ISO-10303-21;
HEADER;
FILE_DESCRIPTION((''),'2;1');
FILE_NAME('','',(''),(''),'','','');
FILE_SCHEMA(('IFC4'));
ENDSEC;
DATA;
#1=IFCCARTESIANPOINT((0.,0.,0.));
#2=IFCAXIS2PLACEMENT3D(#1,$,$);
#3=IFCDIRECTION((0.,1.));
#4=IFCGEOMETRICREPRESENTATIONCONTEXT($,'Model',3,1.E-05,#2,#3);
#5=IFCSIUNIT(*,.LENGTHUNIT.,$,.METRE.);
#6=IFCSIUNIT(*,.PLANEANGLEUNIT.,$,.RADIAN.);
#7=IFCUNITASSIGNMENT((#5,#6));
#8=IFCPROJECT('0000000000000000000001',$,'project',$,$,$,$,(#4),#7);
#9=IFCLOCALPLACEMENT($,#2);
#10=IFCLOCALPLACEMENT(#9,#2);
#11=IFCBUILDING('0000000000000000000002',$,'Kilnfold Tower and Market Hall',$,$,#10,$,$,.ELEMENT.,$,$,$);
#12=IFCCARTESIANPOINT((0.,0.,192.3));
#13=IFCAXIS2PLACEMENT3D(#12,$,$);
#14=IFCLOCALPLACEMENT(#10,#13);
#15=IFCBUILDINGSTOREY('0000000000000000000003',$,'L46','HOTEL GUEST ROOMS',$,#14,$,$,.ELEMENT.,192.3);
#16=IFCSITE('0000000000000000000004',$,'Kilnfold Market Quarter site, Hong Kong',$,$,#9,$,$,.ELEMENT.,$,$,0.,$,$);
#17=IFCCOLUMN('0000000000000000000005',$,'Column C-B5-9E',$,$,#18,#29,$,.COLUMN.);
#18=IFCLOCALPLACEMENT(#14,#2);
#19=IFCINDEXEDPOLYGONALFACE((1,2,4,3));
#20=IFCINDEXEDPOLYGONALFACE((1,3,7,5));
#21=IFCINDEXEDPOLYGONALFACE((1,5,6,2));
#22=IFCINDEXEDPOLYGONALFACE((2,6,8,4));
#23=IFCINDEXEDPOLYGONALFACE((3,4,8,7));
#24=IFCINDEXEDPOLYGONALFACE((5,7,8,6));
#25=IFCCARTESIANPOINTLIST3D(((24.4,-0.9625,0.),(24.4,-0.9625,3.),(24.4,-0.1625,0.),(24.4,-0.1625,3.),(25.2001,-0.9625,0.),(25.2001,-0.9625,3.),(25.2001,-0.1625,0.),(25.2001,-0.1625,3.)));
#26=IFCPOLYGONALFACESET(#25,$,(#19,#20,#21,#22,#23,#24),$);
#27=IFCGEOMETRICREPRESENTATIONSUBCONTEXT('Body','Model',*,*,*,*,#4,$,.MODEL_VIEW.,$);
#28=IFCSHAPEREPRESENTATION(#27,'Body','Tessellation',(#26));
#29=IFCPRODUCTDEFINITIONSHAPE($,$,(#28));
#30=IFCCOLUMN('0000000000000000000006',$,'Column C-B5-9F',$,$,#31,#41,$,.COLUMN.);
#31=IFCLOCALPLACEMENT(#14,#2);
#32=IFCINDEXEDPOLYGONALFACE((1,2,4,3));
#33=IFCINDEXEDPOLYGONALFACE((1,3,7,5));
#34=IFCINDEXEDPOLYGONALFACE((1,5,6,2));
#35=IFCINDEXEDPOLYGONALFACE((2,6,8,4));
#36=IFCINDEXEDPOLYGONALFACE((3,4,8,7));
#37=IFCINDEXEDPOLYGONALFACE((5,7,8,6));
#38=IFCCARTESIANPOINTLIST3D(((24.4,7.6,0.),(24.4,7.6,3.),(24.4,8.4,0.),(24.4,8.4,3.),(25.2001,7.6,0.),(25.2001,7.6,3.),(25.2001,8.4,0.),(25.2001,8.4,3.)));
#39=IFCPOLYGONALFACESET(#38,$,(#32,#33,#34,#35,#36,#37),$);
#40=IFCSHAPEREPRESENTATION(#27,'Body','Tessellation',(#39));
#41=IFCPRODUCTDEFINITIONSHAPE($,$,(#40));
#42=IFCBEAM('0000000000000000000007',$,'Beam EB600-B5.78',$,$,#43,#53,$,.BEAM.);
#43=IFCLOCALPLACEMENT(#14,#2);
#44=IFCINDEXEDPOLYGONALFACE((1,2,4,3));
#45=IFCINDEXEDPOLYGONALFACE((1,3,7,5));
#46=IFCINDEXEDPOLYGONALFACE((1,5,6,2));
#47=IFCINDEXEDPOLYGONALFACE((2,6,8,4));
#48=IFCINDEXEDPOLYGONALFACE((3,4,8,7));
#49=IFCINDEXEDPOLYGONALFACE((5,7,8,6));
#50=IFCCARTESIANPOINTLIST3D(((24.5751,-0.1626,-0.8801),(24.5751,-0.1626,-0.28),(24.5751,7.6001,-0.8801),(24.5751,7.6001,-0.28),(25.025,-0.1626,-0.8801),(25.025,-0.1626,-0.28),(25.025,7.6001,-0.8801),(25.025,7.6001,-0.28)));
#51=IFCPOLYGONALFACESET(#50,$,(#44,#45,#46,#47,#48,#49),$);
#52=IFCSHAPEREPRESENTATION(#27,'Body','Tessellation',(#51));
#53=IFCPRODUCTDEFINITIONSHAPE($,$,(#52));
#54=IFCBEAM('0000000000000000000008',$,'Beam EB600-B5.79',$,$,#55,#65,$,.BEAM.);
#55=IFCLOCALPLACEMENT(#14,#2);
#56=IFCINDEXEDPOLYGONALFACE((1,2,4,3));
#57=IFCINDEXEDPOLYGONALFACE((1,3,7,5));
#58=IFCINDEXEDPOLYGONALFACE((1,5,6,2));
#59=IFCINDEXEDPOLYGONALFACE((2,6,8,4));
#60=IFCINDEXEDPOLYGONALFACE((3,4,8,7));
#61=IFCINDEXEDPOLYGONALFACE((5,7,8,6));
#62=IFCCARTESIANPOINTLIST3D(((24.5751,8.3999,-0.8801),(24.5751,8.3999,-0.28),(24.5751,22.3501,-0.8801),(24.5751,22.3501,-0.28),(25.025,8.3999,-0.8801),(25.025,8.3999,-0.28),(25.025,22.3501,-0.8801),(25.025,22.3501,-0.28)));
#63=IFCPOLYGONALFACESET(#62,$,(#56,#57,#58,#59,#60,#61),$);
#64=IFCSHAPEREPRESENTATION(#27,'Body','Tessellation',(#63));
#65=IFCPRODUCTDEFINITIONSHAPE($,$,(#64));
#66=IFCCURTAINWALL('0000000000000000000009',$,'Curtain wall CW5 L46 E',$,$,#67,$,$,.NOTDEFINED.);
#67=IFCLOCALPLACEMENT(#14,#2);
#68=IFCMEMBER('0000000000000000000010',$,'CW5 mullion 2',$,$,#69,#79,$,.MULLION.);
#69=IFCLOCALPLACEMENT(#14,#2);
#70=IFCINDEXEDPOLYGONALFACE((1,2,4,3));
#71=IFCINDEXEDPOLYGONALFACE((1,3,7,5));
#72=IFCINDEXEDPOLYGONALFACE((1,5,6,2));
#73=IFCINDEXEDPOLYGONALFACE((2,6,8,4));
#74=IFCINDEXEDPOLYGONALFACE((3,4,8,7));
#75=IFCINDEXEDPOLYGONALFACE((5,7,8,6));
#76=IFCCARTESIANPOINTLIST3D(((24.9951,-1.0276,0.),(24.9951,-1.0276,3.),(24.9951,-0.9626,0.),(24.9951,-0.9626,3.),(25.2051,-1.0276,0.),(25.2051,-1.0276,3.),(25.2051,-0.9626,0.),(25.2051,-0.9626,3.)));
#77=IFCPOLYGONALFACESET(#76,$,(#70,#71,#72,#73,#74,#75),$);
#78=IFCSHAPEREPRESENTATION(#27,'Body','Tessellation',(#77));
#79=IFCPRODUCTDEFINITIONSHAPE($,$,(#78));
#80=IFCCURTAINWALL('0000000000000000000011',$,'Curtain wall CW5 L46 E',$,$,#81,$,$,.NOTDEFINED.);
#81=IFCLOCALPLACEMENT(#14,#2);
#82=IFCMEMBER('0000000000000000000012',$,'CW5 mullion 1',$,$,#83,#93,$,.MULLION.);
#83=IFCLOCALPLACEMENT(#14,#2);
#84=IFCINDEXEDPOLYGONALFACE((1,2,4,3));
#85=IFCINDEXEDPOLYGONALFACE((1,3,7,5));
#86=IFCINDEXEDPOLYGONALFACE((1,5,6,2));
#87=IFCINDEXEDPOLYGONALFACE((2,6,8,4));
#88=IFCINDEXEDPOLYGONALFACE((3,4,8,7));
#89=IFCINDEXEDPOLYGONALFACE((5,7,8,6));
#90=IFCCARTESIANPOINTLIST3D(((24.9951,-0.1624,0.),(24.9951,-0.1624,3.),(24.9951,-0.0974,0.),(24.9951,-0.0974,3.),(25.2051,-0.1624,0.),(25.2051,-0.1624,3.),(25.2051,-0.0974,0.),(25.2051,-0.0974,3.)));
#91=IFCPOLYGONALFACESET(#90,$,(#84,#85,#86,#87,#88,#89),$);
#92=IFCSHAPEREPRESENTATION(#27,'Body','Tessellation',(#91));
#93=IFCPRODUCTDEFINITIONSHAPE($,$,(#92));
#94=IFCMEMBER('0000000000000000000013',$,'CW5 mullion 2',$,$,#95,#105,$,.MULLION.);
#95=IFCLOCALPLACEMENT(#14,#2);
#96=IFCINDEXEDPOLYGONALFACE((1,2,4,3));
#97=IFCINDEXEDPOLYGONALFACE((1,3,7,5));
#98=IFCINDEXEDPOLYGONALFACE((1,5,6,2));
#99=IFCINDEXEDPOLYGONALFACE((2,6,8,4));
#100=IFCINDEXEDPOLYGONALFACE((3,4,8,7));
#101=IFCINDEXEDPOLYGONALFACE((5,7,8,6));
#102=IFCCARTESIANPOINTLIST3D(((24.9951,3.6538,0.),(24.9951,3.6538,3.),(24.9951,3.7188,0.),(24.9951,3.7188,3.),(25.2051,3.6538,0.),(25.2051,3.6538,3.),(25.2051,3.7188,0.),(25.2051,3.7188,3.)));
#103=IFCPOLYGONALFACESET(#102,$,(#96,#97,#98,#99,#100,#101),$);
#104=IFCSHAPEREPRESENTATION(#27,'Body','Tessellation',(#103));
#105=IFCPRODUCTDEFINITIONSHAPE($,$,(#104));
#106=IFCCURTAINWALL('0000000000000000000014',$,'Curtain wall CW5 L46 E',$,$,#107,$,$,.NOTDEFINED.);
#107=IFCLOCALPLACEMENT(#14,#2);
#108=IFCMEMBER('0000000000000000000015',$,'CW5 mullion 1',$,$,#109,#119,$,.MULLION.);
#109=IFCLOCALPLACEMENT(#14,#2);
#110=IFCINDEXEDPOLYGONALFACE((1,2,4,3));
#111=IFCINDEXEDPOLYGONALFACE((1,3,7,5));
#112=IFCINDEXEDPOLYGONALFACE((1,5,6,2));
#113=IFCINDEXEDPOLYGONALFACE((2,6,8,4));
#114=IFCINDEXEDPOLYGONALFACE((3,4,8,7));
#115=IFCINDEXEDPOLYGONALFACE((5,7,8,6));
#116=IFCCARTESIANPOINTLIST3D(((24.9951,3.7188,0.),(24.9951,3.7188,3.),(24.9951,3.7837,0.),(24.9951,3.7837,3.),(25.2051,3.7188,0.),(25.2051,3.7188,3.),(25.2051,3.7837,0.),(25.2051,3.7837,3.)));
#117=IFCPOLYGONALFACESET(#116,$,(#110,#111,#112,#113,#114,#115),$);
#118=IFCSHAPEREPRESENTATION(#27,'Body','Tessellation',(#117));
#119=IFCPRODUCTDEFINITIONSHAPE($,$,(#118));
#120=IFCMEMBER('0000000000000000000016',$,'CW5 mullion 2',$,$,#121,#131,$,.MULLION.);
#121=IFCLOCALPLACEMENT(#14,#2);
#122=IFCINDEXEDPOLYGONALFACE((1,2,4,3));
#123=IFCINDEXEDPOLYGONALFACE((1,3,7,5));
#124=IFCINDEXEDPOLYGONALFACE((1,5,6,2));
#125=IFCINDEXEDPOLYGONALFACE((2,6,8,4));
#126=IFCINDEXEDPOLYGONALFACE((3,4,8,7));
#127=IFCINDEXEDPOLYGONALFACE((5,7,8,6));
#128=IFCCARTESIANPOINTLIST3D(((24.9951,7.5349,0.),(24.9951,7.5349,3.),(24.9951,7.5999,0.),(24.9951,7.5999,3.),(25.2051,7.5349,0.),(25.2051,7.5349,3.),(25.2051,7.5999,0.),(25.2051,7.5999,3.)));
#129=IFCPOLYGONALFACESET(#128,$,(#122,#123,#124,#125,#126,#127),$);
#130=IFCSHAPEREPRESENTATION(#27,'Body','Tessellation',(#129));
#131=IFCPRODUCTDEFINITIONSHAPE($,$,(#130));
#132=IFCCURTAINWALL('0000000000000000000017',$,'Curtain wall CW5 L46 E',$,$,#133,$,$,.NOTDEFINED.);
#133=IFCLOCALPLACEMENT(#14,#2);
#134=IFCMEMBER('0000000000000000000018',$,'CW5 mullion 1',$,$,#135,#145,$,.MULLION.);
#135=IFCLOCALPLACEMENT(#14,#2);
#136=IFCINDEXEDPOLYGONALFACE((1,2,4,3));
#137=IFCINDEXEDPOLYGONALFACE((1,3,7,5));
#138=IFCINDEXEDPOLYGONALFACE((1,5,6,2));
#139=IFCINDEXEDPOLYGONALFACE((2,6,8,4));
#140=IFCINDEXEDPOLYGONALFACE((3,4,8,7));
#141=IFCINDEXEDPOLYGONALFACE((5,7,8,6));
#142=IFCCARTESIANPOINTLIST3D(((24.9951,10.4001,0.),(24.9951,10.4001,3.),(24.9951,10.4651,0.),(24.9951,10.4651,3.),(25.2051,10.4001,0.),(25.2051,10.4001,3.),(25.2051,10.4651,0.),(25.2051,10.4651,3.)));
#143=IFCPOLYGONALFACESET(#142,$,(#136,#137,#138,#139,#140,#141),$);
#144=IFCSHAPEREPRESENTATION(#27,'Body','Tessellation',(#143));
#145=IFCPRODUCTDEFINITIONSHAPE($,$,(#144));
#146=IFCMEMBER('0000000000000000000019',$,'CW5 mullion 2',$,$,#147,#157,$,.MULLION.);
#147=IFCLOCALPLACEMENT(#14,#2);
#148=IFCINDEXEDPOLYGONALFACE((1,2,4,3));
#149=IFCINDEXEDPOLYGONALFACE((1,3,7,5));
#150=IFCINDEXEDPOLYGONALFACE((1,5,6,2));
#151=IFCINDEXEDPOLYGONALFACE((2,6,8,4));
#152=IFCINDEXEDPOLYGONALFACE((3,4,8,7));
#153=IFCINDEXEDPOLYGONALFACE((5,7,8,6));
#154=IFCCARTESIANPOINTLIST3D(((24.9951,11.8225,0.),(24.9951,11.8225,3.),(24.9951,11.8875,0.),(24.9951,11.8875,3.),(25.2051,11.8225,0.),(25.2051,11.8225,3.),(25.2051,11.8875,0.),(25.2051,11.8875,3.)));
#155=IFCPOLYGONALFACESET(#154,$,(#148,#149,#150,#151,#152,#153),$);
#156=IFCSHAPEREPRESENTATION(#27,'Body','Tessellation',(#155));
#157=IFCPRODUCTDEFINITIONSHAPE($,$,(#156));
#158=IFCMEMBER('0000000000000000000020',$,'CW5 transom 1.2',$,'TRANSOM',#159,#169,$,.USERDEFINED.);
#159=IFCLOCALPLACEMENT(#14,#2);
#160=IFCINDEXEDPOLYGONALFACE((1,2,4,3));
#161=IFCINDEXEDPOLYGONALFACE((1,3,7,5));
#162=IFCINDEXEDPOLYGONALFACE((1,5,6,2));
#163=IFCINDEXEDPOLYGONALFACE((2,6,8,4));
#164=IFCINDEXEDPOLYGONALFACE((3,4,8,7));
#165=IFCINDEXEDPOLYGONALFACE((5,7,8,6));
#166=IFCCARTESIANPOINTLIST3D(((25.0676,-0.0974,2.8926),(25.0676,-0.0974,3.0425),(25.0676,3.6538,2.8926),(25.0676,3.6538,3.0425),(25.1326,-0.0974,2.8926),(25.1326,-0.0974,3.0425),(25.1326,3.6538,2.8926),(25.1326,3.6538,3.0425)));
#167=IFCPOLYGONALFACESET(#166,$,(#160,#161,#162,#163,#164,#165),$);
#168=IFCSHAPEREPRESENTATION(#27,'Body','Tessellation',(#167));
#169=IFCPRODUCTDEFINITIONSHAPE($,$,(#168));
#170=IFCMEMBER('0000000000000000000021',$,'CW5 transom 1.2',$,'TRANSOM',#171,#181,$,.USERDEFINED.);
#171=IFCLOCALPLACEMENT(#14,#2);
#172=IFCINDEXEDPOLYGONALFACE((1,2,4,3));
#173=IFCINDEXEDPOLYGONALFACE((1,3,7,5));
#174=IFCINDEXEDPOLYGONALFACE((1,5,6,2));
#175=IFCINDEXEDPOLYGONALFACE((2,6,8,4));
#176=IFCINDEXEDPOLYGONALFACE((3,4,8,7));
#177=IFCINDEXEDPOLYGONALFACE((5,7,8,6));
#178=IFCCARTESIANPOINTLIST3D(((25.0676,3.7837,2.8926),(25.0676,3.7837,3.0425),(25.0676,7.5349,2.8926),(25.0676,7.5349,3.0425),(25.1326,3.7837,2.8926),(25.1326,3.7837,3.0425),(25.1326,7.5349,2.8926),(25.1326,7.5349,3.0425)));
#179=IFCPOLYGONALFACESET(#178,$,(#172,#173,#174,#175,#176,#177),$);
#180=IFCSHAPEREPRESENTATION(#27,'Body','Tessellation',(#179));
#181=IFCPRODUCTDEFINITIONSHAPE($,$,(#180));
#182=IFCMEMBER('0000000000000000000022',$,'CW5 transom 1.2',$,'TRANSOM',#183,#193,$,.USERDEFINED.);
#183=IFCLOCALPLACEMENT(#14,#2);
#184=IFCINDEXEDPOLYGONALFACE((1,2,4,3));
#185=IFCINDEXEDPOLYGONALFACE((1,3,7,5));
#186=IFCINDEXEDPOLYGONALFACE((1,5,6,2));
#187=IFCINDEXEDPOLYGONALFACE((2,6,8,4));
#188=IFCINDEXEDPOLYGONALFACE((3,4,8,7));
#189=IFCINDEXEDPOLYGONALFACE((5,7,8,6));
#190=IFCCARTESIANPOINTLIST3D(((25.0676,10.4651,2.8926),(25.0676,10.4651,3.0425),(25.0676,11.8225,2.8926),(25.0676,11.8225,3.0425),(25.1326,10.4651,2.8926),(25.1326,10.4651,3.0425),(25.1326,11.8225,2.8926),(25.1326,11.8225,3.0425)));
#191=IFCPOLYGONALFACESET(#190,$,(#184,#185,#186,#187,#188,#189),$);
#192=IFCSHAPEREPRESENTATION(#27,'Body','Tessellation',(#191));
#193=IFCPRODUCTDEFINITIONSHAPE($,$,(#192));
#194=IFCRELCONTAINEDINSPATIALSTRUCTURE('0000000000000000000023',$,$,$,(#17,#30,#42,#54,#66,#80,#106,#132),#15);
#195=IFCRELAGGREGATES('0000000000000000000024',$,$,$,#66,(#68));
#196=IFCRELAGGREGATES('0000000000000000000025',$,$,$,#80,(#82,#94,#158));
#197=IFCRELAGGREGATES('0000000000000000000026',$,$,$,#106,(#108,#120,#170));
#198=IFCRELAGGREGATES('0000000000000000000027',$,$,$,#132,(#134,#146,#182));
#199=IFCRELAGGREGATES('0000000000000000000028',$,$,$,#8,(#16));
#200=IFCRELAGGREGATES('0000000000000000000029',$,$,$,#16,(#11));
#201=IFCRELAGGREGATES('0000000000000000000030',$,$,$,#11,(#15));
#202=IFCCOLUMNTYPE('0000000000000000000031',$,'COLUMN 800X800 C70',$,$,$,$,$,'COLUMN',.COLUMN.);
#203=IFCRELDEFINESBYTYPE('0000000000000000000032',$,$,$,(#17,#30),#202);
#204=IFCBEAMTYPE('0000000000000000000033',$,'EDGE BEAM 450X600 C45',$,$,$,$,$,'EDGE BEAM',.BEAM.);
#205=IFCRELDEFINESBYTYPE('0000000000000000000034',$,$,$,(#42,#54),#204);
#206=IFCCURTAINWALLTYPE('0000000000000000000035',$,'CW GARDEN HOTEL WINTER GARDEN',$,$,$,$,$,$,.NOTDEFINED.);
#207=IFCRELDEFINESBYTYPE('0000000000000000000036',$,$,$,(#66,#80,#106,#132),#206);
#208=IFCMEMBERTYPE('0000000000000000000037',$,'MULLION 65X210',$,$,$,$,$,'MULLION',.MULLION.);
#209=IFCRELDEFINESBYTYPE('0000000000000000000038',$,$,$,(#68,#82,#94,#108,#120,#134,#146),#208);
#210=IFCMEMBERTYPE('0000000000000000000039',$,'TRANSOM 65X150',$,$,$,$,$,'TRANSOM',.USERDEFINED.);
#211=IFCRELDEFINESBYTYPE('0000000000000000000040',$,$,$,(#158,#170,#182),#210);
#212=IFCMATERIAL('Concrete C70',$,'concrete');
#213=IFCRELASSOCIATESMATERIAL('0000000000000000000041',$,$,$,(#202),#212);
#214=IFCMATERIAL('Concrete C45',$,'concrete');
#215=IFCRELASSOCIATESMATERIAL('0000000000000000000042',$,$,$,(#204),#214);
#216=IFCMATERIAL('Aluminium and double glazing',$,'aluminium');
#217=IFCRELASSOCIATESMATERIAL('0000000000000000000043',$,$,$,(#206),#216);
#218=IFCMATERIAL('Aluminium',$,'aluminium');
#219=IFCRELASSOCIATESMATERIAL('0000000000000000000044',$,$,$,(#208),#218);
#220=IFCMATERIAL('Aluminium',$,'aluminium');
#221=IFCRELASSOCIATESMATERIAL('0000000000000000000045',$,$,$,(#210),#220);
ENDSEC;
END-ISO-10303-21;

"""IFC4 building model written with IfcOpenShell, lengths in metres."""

from ifc_helpers import new_model, si_unit, direction, frame, origin, origin_2d, place, context, subcontext, project, spatial, rectangle, extrude, source, transform, mapped, material, material_profile, profile_set, type_object, element, aggregate, save


model = new_model("IFC4")

# Units and contexts
model_context = context("Model", 3, precision=1e-05, world=origin(), true_north=direction((0.0, 1.0)))
body_context = subcontext(model_context, "Body", "Model", "MODEL_VIEW")
ifc_project = project(units=[si_unit("LENGTHUNIT", "METRE"), si_unit("PLANEANGLEUNIT", "RADIAN")], contexts=[model_context])

# Site, building, storey
site_placement = place(None, origin())
site = spatial("IfcSite", under=ifc_project, at=site_placement, Name="Kilnfold Market Quarter site, Hong Kong", CompositionType="ELEMENT", RefElevation=0.0)
building_placement = place(site_placement, origin())
building = spatial("IfcBuilding", under=site, at=building_placement, Name="Kilnfold Tower and Market Hall", CompositionType="ELEMENT")
storey_placement = place(building_placement, frame((0.0, 0.0, 192.3)))
storey = spatial("IfcBuildingStorey", under=building, at=storey_placement, Name="L46", Description="HOTEL GUEST ROOMS", CompositionType="ELEMENT", Elevation=192.3)

# Columns
ifc_material_1 = material(Name="Concrete C70", Category="concrete")
ifc_material_profile_1 = material_profile(ifc_material_1, rectangle(XDim=0.8, YDim=0.8, at=origin_2d()), Name="RC 800x800")
ifc_profile_set_1 = profile_set([ifc_material_profile_1], Name="Concrete C70")
column_type = type_object("IfcColumnType", Name="COLUMN 800X800 C70", ElementType="COLUMN", PredefinedType="COLUMN", material=ifc_profile_set_1)
shared_shape_1 = source(origin(), body_context, "Body", "SweptSolid", [
    extrude(rectangle(XDim=0.8, YDim=0.8, at=origin_2d()), origin(), (0.0, 0.0, 1.0), 3.0),
])
for number, where, z_axis, x_axis, name in (
    (1, (24.8, -0.5625, 0.0), (0.0, 0.0, 1.0), (1.0, 0.0, 0.0), "Column C-B5-9E"),
    (2, (24.8, 8.0, 0.0), (0.0, 0.0, 1.0), (1.0, 0.0, 0.0), "Column C-B5-9F"),
):
    element("IfcColumn", number, at=place(storey_placement, frame(where, z_axis=z_axis, x_axis=x_axis)), inside=storey, type_object=column_type, Name=name, PredefinedType="COLUMN", context=body_context, shape_type="MappedRepresentation", body=[
        mapped(shared_shape_1, transform((0.0, 0.0, 0.0))),
    ])

# Beams
ifc_material_2 = material(Name="Concrete C45", Category="concrete")
ifc_material_profile_2 = material_profile(ifc_material_2, rectangle(XDim=0.45, YDim=0.6001, at=origin_2d()), Name="RC 450x600")
ifc_profile_set_2 = profile_set([ifc_material_profile_2], Name="Concrete C45")
beam_type = type_object("IfcBeamType", Name="EDGE BEAM 450X600 C45", ElementType="EDGE BEAM", PredefinedType="BEAM", material=ifc_profile_set_2)
shared_shape_2 = source(origin(), body_context, "Body", "SweptSolid", [
    extrude(rectangle(XDim=0.45, YDim=0.6001, at=origin_2d()), origin(), (0.0, 0.0, 1.0), 7.7627),
])
beam_1_placement = place(storey_placement, frame((24.8, -0.1626, -0.5801), z_axis=(0.0, 1.0, 0.0), x_axis=(-1.0, 0.0, 0.0)))
element("IfcBeam", 3, at=beam_1_placement, inside=storey, type_object=beam_type, Name="Beam EB600-B5.78", PredefinedType="BEAM", context=body_context, shape_type="MappedRepresentation", body=[
    mapped(shared_shape_2, transform((0.0, 0.0, 0.0))),
])
shared_shape_3 = source(origin(), body_context, "Body", "SweptSolid", [
    extrude(rectangle(XDim=0.45, YDim=0.6001, at=origin_2d()), origin(), (0.0, 0.0, 1.0), 13.9502),
])
beam_2_placement = place(storey_placement, frame((24.8, 8.3999, -0.5801), z_axis=(0.0, 1.0, 0.0), x_axis=(-1.0, 0.0, 0.0)))
element("IfcBeam", 4, at=beam_2_placement, inside=storey, type_object=beam_type, Name="Beam EB600-B5.79", PredefinedType="BEAM", context=body_context, shape_type="MappedRepresentation", body=[
    mapped(shared_shape_3, transform((0.0, 0.0, 0.0))),
])

# Curtain wall, member
ifc_material_3 = material(Name="Aluminium and double glazing", Category="aluminium")
curtain_wall_type = type_object("IfcCurtainWallType", Name="CW GARDEN HOTEL WINTER GARDEN", PredefinedType="NOTDEFINED", material=ifc_material_3)
curtain_wall_1_placement = place(storey_placement, origin())
curtain_wall_1 = element("IfcCurtainWall", 5, at=curtain_wall_1_placement, inside=storey, type_object=curtain_wall_type, Name="Curtain wall CW5 L46 E", PredefinedType="NOTDEFINED")
ifc_material_4 = material(Name="Aluminium", Category="aluminium")
ifc_material_profile_3 = material_profile(ifc_material_4, rectangle(XDim=0.0649, YDim=0.21, at=origin_2d()), Name="MULLION 65x210")
ifc_profile_set_3 = profile_set([ifc_material_profile_3], Name="Aluminium")
member_type_1 = type_object("IfcMemberType", Name="MULLION 65X210", ElementType="MULLION", PredefinedType="MULLION", material=ifc_profile_set_3)
shared_shape_4 = source(origin(), body_context, "Body", "SweptSolid", [
    extrude(rectangle(XDim=0.0649, YDim=0.21, at=origin_2d()), origin(), (0.0, 0.0, 1.0), 3.0),
])
member_1_placement = place(storey_placement, frame((25.1001, -0.9951, 0.0), z_axis=(0.0, 0.0, 1.0), x_axis=(0.0, 1.0, 0.0)))
member_1 = element("IfcMember", 6, at=member_1_placement, type_object=member_type_1, Name="CW5 mullion 2", PredefinedType="MULLION", context=body_context, shape_type="MappedRepresentation", body=[
    mapped(shared_shape_4, transform((0.0, 0.0, 0.0))),
])

# Curtain walls, members
curtain_wall_2_placement = place(storey_placement, origin())
curtain_wall_2 = element("IfcCurtainWall", 7, at=curtain_wall_2_placement, inside=storey, type_object=curtain_wall_type, Name="Curtain wall CW5 L46 E", PredefinedType="NOTDEFINED")
member_2_placement = place(storey_placement, frame((25.1001, -0.1299, 0.0), z_axis=(0.0, 0.0, 1.0), x_axis=(0.0, 1.0, 0.0)))
member_2 = element("IfcMember", 8, at=member_2_placement, type_object=member_type_1, Name="CW5 mullion 1", PredefinedType="MULLION", context=body_context, shape_type="MappedRepresentation", body=[
    mapped(shared_shape_4, transform((0.0, 0.0, 0.0))),
])
member_3_placement = place(storey_placement, frame((25.1001, 3.6863, 0.0), z_axis=(0.0, 0.0, 1.0), x_axis=(0.0, 1.0, 0.0)))
member_3 = element("IfcMember", 9, at=member_3_placement, type_object=member_type_1, Name="CW5 mullion 2", PredefinedType="MULLION", context=body_context, shape_type="MappedRepresentation", body=[
    mapped(shared_shape_4, transform((0.0, 0.0, 0.0))),
])
curtain_wall_3_placement = place(storey_placement, origin())
curtain_wall_3 = element("IfcCurtainWall", 10, at=curtain_wall_3_placement, inside=storey, type_object=curtain_wall_type, Name="Curtain wall CW5 L46 E", PredefinedType="NOTDEFINED")
member_4_placement = place(storey_placement, frame((25.1001, 3.7512, 0.0), z_axis=(0.0, 0.0, 1.0), x_axis=(0.0, 1.0, 0.0)))
member_4 = element("IfcMember", 11, at=member_4_placement, type_object=member_type_1, Name="CW5 mullion 1", PredefinedType="MULLION", context=body_context, shape_type="MappedRepresentation", body=[
    mapped(shared_shape_4, transform((0.0, 0.0, 0.0))),
])
member_5_placement = place(storey_placement, frame((25.1001, 7.5674, 0.0), z_axis=(0.0, 0.0, 1.0), x_axis=(0.0, 1.0, 0.0)))
member_5 = element("IfcMember", 12, at=member_5_placement, type_object=member_type_1, Name="CW5 mullion 2", PredefinedType="MULLION", context=body_context, shape_type="MappedRepresentation", body=[
    mapped(shared_shape_4, transform((0.0, 0.0, 0.0))),
])
curtain_wall_4_placement = place(storey_placement, origin())
curtain_wall_4 = element("IfcCurtainWall", 13, at=curtain_wall_4_placement, inside=storey, type_object=curtain_wall_type, Name="Curtain wall CW5 L46 E", PredefinedType="NOTDEFINED")
member_6_placement = place(storey_placement, frame((25.1001, 10.4326, 0.0), z_axis=(0.0, 0.0, 1.0), x_axis=(0.0, 1.0, 0.0)))
member_6 = element("IfcMember", 14, at=member_6_placement, type_object=member_type_1, Name="CW5 mullion 1", PredefinedType="MULLION", context=body_context, shape_type="MappedRepresentation", body=[
    mapped(shared_shape_4, transform((0.0, 0.0, 0.0))),
])
member_7_placement = place(storey_placement, frame((25.1001, 11.855, 0.0), z_axis=(0.0, 0.0, 1.0), x_axis=(0.0, 1.0, 0.0)))
member_7 = element("IfcMember", 15, at=member_7_placement, type_object=member_type_1, Name="CW5 mullion 2", PredefinedType="MULLION", context=body_context, shape_type="MappedRepresentation", body=[
    mapped(shared_shape_4, transform((0.0, 0.0, 0.0))),
])

# Members
ifc_material_5 = material(Name="Aluminium", Category="aluminium")
ifc_material_profile_4 = material_profile(ifc_material_5, rectangle(XDim=0.0649, YDim=0.1499, at=origin_2d()), Name="TRANSOM 65x150")
ifc_profile_set_4 = profile_set([ifc_material_profile_4], Name="Aluminium")
member_type_2 = type_object("IfcMemberType", Name="TRANSOM 65X150", ElementType="TRANSOM", PredefinedType="USERDEFINED", material=ifc_profile_set_4)
shared_shape_5 = source(origin(), body_context, "Body", "SweptSolid", [
    extrude(rectangle(XDim=0.0649, YDim=0.1499, at=origin_2d()), origin(), (0.0, 0.0, 1.0), 3.7512),
])
member_8_placement = place(storey_placement, frame((25.1001, -0.0974, 2.9675), z_axis=(0.0, 1.0, 0.0), x_axis=(-1.0, 0.0, 0.0)))
member_8 = element("IfcMember", 16, at=member_8_placement, type_object=member_type_2, Name="CW5 transom 1.2", ObjectType="TRANSOM", PredefinedType="USERDEFINED", context=body_context, shape_type="MappedRepresentation", body=[
    mapped(shared_shape_5, transform((0.0, 0.0, 0.0))),
])
member_9_placement = place(storey_placement, frame((25.1001, 3.7837, 2.9675), z_axis=(0.0, 1.0, 0.0), x_axis=(-1.0, 0.0, 0.0)))
member_9 = element("IfcMember", 17, at=member_9_placement, type_object=member_type_2, Name="CW5 transom 1.2", ObjectType="TRANSOM", PredefinedType="USERDEFINED", context=body_context, shape_type="MappedRepresentation", body=[
    mapped(shared_shape_5, transform((0.0, 0.0, 0.0))),
])
shared_shape_6 = source(origin(), body_context, "Body", "SweptSolid", [
    extrude(rectangle(XDim=0.0649, YDim=0.1499, at=origin_2d()), origin(), (0.0, 0.0, 1.0), 1.3574),
])
member_10_placement = place(storey_placement, frame((25.1001, 10.4651, 2.9675), z_axis=(0.0, 1.0, 0.0), x_axis=(-1.0, 0.0, 0.0)))
member_10 = element("IfcMember", 18, at=member_10_placement, type_object=member_type_2, Name="CW5 transom 1.2", ObjectType="TRANSOM", PredefinedType="USERDEFINED", context=body_context, shape_type="MappedRepresentation", body=[
    mapped(shared_shape_6, transform((0.0, 0.0, 0.0))),
])

aggregate(curtain_wall_1, [member_1])
aggregate(curtain_wall_2, [member_2, member_3, member_8])
aggregate(curtain_wall_3, [member_4, member_5, member_9])
aggregate(curtain_wall_4, [member_6, member_7, member_10])

save(model, "model.ifc")
